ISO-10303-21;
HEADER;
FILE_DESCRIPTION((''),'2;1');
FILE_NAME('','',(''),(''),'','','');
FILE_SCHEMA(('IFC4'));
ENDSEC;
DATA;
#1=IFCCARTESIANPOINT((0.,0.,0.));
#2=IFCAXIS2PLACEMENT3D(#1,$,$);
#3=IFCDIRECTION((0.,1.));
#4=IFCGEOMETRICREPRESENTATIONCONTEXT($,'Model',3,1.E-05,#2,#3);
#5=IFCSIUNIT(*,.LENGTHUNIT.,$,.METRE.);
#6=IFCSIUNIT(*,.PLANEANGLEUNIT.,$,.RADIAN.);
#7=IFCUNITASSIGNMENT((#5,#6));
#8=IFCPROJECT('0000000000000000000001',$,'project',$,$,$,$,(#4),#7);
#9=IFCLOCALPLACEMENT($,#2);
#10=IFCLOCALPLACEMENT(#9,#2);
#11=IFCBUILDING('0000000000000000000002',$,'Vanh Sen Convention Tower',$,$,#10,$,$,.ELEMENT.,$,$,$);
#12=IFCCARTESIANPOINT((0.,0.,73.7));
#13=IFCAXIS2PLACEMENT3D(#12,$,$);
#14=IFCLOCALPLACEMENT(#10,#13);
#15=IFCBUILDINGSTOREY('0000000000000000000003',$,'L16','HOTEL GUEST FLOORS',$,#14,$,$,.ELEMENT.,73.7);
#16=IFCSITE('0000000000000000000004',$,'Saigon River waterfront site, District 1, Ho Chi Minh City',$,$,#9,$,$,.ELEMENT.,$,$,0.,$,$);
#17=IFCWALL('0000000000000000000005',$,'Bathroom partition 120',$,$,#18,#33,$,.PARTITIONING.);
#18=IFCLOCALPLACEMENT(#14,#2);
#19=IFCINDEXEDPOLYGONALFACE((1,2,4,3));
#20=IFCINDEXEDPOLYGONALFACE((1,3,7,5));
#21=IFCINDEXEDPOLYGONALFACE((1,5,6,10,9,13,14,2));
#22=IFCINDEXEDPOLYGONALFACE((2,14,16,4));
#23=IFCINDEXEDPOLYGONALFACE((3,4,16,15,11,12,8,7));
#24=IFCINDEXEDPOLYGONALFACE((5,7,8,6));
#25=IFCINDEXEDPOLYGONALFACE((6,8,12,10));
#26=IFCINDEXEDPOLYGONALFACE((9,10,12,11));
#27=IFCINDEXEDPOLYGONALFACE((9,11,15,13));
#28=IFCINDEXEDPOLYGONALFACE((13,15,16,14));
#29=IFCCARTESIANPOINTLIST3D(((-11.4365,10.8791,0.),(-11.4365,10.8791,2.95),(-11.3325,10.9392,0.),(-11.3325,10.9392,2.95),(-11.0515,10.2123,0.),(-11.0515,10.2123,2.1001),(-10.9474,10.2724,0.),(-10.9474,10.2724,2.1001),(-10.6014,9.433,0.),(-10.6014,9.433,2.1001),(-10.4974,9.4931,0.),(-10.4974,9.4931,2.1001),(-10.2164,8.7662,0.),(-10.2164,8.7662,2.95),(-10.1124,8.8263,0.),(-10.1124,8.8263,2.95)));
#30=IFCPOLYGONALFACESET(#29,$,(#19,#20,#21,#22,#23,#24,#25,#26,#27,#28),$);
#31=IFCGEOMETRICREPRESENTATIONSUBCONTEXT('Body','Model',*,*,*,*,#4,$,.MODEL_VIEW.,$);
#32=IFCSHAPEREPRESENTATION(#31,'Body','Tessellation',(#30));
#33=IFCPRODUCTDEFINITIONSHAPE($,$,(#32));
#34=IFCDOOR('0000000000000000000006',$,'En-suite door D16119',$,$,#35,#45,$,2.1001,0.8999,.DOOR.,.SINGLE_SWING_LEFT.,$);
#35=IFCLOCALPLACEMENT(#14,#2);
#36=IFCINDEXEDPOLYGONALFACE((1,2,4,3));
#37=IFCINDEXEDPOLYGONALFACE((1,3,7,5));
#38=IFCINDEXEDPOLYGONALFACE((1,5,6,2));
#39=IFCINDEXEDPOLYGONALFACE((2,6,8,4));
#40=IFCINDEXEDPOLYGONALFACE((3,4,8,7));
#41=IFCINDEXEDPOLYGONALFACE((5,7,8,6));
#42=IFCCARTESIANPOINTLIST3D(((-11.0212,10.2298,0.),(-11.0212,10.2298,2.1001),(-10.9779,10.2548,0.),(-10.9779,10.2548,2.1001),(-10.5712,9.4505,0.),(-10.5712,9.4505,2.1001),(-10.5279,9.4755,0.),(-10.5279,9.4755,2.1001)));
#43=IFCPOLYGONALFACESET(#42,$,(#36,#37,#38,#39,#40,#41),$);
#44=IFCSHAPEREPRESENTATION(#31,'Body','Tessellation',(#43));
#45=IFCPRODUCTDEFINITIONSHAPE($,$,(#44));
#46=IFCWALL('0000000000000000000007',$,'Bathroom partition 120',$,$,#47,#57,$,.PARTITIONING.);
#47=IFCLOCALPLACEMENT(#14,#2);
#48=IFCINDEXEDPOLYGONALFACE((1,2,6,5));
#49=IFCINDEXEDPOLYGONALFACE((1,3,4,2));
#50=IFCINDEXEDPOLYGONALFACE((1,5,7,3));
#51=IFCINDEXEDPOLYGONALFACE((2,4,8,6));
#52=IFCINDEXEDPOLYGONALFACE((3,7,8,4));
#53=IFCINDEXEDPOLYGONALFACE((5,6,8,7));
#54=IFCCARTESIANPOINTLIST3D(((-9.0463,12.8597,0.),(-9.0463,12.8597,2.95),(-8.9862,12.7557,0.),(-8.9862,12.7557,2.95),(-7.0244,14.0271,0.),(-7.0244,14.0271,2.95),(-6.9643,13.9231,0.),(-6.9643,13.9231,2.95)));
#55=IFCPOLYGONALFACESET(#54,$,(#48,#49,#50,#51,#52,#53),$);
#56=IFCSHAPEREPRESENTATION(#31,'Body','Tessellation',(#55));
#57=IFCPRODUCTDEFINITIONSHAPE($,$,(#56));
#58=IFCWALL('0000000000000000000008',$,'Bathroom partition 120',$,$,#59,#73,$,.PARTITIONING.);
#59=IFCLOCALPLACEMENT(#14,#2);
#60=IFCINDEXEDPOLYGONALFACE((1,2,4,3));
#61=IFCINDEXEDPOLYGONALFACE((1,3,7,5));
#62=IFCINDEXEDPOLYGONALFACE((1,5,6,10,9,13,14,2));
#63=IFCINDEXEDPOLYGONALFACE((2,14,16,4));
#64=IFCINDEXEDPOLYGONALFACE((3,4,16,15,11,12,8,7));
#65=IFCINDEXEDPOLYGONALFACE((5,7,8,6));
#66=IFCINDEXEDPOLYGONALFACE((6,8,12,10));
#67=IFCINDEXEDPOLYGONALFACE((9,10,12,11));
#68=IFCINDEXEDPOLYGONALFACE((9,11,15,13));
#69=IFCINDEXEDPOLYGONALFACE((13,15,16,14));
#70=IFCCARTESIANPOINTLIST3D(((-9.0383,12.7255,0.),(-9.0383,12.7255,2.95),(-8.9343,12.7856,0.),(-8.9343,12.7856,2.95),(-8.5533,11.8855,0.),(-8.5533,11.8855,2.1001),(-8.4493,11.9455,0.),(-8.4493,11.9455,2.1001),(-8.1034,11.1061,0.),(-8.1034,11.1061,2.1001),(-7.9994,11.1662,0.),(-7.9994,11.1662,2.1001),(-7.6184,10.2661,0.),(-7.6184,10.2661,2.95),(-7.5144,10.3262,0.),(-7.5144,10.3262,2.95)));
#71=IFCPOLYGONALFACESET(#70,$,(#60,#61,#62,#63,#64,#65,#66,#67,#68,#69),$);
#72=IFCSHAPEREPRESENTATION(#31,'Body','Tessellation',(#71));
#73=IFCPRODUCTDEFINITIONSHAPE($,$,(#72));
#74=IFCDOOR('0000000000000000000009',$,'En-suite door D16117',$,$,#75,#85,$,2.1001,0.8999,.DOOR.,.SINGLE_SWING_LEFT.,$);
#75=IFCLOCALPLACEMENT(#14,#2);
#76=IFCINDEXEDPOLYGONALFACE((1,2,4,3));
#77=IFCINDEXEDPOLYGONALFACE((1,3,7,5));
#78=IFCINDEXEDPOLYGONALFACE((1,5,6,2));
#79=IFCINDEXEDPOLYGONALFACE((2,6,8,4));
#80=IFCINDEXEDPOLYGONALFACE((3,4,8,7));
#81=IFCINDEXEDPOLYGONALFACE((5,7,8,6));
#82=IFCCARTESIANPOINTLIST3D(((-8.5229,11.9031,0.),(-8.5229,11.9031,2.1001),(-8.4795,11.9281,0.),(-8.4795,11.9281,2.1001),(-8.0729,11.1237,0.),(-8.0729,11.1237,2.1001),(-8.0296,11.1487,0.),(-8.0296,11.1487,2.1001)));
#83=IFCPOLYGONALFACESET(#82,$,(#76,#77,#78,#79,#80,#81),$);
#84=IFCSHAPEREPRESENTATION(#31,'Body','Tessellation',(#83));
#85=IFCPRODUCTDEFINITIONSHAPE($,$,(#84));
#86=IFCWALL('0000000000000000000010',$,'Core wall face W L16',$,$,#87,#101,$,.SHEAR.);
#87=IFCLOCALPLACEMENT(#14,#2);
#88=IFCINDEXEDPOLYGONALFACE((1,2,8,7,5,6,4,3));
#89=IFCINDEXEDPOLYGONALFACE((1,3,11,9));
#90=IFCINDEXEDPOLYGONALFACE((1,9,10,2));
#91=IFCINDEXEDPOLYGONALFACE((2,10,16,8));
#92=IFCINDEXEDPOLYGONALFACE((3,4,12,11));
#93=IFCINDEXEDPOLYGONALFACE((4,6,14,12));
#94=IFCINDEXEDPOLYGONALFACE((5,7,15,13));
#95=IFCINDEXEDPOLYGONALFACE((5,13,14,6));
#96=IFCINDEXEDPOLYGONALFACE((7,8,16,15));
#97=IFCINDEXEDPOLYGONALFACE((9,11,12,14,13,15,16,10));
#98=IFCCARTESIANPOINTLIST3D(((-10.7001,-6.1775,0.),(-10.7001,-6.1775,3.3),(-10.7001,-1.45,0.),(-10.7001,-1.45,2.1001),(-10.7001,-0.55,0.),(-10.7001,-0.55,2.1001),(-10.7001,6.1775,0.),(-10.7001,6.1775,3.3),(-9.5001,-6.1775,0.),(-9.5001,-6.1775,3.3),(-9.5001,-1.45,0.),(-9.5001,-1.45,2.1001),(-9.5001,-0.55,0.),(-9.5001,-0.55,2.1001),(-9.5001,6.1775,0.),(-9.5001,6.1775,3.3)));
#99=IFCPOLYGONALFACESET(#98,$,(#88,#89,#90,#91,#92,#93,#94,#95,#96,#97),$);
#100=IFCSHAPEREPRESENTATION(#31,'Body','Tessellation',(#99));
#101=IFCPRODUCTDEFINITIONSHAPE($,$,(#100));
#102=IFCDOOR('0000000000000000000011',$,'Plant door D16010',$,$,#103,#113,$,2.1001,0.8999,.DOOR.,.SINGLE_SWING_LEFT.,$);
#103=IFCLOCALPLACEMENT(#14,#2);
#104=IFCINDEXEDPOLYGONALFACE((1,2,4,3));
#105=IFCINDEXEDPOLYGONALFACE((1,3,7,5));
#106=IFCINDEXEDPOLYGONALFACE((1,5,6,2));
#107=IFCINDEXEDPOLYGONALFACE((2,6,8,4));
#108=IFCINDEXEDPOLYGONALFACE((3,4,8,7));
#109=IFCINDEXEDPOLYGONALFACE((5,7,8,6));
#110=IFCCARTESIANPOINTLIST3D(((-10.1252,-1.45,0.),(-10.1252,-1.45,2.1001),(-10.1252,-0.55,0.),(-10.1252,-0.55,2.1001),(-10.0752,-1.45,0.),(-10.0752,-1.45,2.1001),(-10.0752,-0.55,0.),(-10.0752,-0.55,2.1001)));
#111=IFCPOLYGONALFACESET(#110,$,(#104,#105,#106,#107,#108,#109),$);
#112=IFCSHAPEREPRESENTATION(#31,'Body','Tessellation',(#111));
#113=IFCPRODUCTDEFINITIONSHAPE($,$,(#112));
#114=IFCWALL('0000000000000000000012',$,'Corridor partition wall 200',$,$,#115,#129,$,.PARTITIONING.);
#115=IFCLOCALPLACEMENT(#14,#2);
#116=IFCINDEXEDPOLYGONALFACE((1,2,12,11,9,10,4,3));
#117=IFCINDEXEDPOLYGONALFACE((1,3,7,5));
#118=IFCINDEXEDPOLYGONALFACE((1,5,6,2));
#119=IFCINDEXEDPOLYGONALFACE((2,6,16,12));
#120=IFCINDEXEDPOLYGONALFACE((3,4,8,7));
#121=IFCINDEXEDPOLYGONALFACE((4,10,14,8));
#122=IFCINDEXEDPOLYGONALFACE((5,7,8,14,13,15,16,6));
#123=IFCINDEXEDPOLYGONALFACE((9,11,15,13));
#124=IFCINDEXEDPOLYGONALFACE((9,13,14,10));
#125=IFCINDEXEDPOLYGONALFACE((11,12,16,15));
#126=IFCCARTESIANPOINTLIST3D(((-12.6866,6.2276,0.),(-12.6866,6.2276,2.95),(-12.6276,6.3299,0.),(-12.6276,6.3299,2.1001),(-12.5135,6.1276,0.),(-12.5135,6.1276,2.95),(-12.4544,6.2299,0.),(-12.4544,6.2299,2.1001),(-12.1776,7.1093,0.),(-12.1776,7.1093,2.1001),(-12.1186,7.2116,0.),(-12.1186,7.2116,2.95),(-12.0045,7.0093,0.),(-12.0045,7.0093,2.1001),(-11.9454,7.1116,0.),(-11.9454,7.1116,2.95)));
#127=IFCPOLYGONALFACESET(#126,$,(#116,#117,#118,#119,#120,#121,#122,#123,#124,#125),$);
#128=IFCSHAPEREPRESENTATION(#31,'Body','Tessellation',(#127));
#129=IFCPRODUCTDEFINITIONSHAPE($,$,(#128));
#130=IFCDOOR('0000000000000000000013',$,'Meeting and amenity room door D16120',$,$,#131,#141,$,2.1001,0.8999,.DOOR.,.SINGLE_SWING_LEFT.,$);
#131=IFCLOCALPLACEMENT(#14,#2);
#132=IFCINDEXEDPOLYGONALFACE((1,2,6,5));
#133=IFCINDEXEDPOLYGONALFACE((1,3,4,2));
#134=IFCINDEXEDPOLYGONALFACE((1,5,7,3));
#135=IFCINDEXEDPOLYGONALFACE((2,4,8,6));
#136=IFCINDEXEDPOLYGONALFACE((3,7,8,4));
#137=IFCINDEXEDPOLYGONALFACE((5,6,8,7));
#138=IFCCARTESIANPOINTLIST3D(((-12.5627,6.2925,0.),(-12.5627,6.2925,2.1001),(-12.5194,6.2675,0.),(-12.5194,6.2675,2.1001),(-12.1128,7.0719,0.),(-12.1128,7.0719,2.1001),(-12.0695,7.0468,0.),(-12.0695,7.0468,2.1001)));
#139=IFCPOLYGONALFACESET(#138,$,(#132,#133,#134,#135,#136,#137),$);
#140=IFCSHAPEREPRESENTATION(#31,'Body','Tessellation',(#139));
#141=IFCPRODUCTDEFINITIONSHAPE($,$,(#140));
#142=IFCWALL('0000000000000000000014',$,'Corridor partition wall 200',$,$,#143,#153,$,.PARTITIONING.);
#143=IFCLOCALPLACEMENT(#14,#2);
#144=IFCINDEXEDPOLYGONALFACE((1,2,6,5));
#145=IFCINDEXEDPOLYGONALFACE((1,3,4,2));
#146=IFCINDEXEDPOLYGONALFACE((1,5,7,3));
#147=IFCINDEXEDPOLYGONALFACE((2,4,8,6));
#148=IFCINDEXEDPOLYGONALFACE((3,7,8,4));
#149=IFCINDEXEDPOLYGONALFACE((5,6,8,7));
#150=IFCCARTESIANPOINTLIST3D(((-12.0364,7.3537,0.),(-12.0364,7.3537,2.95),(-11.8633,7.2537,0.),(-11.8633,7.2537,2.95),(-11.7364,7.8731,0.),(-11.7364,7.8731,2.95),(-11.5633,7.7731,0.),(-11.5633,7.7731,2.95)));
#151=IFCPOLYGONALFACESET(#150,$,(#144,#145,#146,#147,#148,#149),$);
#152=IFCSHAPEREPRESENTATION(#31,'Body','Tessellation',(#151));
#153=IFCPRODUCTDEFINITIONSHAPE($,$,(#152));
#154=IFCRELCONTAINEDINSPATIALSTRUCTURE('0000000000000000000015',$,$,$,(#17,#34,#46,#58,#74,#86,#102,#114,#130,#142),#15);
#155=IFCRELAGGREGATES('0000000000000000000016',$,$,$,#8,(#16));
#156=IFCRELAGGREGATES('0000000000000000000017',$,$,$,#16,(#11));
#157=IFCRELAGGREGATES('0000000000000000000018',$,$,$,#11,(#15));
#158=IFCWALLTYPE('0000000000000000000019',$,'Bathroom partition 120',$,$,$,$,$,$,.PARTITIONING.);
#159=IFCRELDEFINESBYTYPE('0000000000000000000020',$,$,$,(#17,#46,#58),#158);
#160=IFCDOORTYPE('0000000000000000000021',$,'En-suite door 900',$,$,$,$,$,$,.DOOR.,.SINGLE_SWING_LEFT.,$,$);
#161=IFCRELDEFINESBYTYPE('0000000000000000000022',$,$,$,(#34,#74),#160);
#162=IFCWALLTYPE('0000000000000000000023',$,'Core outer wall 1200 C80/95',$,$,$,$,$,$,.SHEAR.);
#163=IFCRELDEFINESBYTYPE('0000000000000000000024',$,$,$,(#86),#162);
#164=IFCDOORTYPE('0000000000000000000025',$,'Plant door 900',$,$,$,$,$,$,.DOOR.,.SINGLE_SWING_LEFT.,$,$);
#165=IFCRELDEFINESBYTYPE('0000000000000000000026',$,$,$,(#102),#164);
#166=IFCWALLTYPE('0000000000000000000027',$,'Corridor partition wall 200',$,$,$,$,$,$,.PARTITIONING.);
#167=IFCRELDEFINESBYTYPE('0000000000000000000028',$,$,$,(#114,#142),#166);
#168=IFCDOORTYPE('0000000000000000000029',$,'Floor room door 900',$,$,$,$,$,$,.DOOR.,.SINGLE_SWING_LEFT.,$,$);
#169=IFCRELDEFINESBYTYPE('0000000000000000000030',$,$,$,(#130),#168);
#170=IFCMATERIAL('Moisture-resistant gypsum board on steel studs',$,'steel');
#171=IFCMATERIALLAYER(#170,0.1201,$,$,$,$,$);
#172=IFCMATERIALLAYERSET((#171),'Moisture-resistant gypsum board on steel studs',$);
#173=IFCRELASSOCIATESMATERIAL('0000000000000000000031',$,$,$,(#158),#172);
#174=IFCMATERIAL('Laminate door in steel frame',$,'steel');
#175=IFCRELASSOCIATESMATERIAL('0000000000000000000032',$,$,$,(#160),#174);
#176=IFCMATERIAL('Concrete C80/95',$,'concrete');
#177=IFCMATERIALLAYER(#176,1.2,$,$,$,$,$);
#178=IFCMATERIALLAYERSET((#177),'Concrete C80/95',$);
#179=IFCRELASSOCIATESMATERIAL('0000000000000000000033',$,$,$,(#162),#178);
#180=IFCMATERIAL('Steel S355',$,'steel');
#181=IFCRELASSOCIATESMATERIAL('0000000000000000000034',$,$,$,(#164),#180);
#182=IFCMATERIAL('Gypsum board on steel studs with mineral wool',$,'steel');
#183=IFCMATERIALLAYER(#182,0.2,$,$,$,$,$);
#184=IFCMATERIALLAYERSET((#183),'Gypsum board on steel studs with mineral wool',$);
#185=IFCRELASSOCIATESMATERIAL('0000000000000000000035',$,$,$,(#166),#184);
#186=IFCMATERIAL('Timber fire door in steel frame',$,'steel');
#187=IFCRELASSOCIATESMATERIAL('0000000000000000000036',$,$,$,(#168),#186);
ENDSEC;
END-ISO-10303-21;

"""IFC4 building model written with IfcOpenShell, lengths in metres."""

from ifc_helpers import new_model, si_unit, direction, frame, frame_2d, origin, place, context, subcontext, project, spatial, rectangle, extrude, material, layer, layer_set, type_object, element, fill, save


model = new_model("IFC4")

# Units and contexts
model_context = context("Model", 3, precision=1e-05, world=origin(), true_north=direction((0.0, 1.0)))
body_context = subcontext(model_context, "Body", "Model", "MODEL_VIEW")
ifc_project = project(units=[si_unit("LENGTHUNIT", "METRE"), si_unit("PLANEANGLEUNIT", "RADIAN")], contexts=[model_context])

# Site, building, storey
site_placement = place(None, origin())
site = spatial("IfcSite", under=ifc_project, at=site_placement, Name="Saigon River waterfront site, District 1, Ho Chi Minh City", CompositionType="ELEMENT", RefElevation=0.0)
building_placement = place(site_placement, origin())
building = spatial("IfcBuilding", under=site, at=building_placement, Name="Vanh Sen Convention Tower", CompositionType="ELEMENT")
storey_placement = place(building_placement, frame((0.0, 0.0, 73.7)))
storey = spatial("IfcBuildingStorey", under=building, at=storey_placement, Name="L16", Description="HOTEL GUEST FLOORS", CompositionType="ELEMENT", Elevation=73.7)

# Wall, opening, door
ifc_material_1 = material(Name="Moisture-resistant gypsum board on steel studs", Category="steel")
ifc_layer_1 = layer(ifc_material_1, 0.1201)
ifc_layer_set_1 = layer_set([ifc_layer_1], Name="Moisture-resistant gypsum board on steel studs")
wall_type_1 = type_object("IfcWallType", Name="Bathroom partition 120", PredefinedType="PARTITIONING", material=ifc_layer_set_1)
wall_1_placement = place(storey_placement, frame((-11.3845, 10.9092, 0.0), z_axis=(0.0, 0.0, 1.0), x_axis=(0.500078, -0.865981, 0.0)))
wall_1 = element("IfcWall", 1, at=wall_1_placement, inside=storey, type_object=wall_type_1, Name="Bathroom partition 120", PredefinedType="PARTITIONING", context=body_context, shape_type="SweptSolid", body=[
    extrude(rectangle(XDim=2.4399, YDim=0.1201, at=frame_2d((1.22, 0.0))), origin(), (0.0, 0.0, 1.0), 2.95),
])
opening_1_placement = place(wall_1_placement, frame((0.77, 0.0, 0.0)))
opening_1 = element("IfcOpeningElement", 2, at=opening_1_placement, cuts=wall_1, PredefinedType="OPENING", context=body_context, shape_type="SweptSolid", body=[
    extrude(rectangle(XDim=0.8999, YDim=2.1001, at=frame_2d((0.45, 1.05))), frame((0.0, 0.0701, 0.0), z_axis=(0.0, -1.0, 0.0), x_axis=(1.0, 0.0, 0.0)), (0.0, 0.0, 1.0), 0.1401),
])
ifc_material_2 = material(Name="Laminate door in steel frame", Category="steel")
door_type_1 = type_object("IfcDoorType", Name="En-suite door 900", OperationType="SINGLE_SWING_LEFT", PredefinedType="DOOR", material=ifc_material_2)
door_1_placement = place(opening_1_placement, origin())
door_1 = element("IfcDoor", 3, at=door_1_placement, inside=storey, type_object=door_type_1, Name="En-suite door D16119", OperationType="SINGLE_SWING_LEFT", OverallHeight=2.1001, OverallWidth=0.8999, PredefinedType="DOOR", context=body_context, shape_type="SweptSolid", body=[
    extrude(rectangle(XDim=0.8999, YDim=2.1001, at=frame_2d((0.45, 1.05))), frame((0.0, 0.0249, 0.0), z_axis=(0.0, -1.0, 0.0), x_axis=(1.0, 0.0, 0.0)), (0.0, 0.0, 1.0), 0.05),
])
fill(opening_1, door_1)

# Wall
wall_2_placement = place(storey_placement, frame((-9.0164, 12.8076, 0.0), z_axis=(0.0, 0.0, 1.0), x_axis=(0.866008, 0.50003, 0.0)))
element("IfcWall", 4, at=wall_2_placement, inside=storey, type_object=wall_type_1, Name="Bathroom partition 120", PredefinedType="PARTITIONING", context=body_context, shape_type="SweptSolid", body=[
    extrude(rectangle(XDim=2.3347, YDim=0.1201, at=frame_2d((1.1675, 0.0))), origin(), (0.0, 0.0, 1.0), 2.95),
])

# Walls, openings, doors
wall_3_placement = place(storey_placement, frame((-7.5664, 10.2961, 0.0), z_axis=(0.0, 0.0, 1.0), x_axis=(-0.499985, 0.866034, 0.0)))
wall_3 = element("IfcWall", 5, at=wall_3_placement, inside=storey, type_object=wall_type_1, Name="Bathroom partition 120", PredefinedType="PARTITIONING", context=body_context, shape_type="SweptSolid", body=[
    extrude(rectangle(XDim=2.8398, YDim=0.1201, at=frame_2d((1.4199, 0.0))), origin(), (0.0, 0.0, 1.0), 2.95),
])
opening_2_placement = place(wall_3_placement, frame((0.97, 0.0, 0.0)))
opening_2 = element("IfcOpeningElement", 6, at=opening_2_placement, cuts=wall_3, PredefinedType="OPENING", context=body_context, shape_type="SweptSolid", body=[
    extrude(rectangle(XDim=0.8999, YDim=2.1001, at=frame_2d((0.45, 1.05))), frame((0.0, 0.0701, 0.0), z_axis=(0.0, -1.0, 0.0), x_axis=(1.0, 0.0, 0.0)), (0.0, 0.0, 1.0), 0.1401),
])
door_2_placement = place(opening_2_placement, origin())
door_2 = element("IfcDoor", 7, at=door_2_placement, inside=storey, type_object=door_type_1, Name="En-suite door D16117", OperationType="SINGLE_SWING_LEFT", OverallHeight=2.1001, OverallWidth=0.8999, PredefinedType="DOOR", context=body_context, shape_type="SweptSolid", body=[
    extrude(rectangle(XDim=0.8999, YDim=2.1001, at=frame_2d((0.45, 1.05))), frame((0.0, 0.0249, 0.0), z_axis=(0.0, -1.0, 0.0), x_axis=(1.0, 0.0, 0.0)), (0.0, 0.0, 1.0), 0.05),
])
fill(opening_2, door_2)
ifc_material_3 = material(Name="Concrete C80/95", Category="concrete")
ifc_layer_2 = layer(ifc_material_3, 1.2)
ifc_layer_set_2 = layer_set([ifc_layer_2], Name="Concrete C80/95")
wall_type_2 = type_object("IfcWallType", Name="Core outer wall 1200 C80/95", PredefinedType="SHEAR", material=ifc_layer_set_2)
wall_4_placement = place(storey_placement, frame((-10.1001, 6.1775, 0.0), z_axis=(0.0, 0.0, 1.0), x_axis=(0.0, -1.0, 0.0)))
wall_4 = element("IfcWall", 8, at=wall_4_placement, inside=storey, type_object=wall_type_2, Name="Core wall face W L16", PredefinedType="SHEAR", context=body_context, shape_type="SweptSolid", body=[
    extrude(rectangle(XDim=12.355, YDim=1.2, at=frame_2d((6.1775, 0.0))), origin(), (0.0, 0.0, 1.0), 3.3),
])
opening_3_placement = place(wall_4_placement, frame((6.7275, 0.0, 0.0)))
opening_3 = element("IfcOpeningElement", 9, at=opening_3_placement, cuts=wall_4, PredefinedType="OPENING", context=body_context, shape_type="SweptSolid", body=[
    extrude(rectangle(XDim=0.8999, YDim=2.1001, at=frame_2d((0.45, 1.05))), frame((0.0, 0.6099, 0.0), z_axis=(0.0, -1.0, 0.0), x_axis=(1.0, 0.0, 0.0)), (0.0, 0.0, 1.0), 1.22),
])
ifc_material_4 = material(Name="Steel S355", Category="steel")
door_type_2 = type_object("IfcDoorType", Name="Plant door 900", OperationType="SINGLE_SWING_LEFT", PredefinedType="DOOR", material=ifc_material_4)
door_3_placement = place(opening_3_placement, origin())
door_3 = element("IfcDoor", 10, at=door_3_placement, inside=storey, type_object=door_type_2, Name="Plant door D16010", OperationType="SINGLE_SWING_LEFT", OverallHeight=2.1001, OverallWidth=0.8999, PredefinedType="DOOR", context=body_context, shape_type="SweptSolid", body=[
    extrude(rectangle(XDim=0.8999, YDim=2.1001, at=frame_2d((0.45, 1.05))), frame((0.0, 0.0249, 0.0), z_axis=(0.0, -1.0, 0.0), x_axis=(1.0, 0.0, 0.0)), (0.0, 0.0, 1.0), 0.05),
])
fill(opening_3, door_3)
ifc_material_5 = material(Name="Gypsum board on steel studs with mineral wool", Category="steel")
ifc_layer_3 = layer(ifc_material_5, 0.2)
ifc_layer_set_3 = layer_set([ifc_layer_3], Name="Gypsum board on steel studs with mineral wool")
wall_type_3 = type_object("IfcWallType", Name="Corridor partition wall 200", PredefinedType="PARTITIONING", material=ifc_layer_set_3)
wall_5_placement = place(storey_placement, frame((-12.032, 7.1616, 0.0), z_axis=(0.0, 0.0, 1.0), x_axis=(-0.499952, -0.866053, 0.0)))
wall_5 = element("IfcWall", 11, at=wall_5_placement, inside=storey, type_object=wall_type_3, Name="Corridor partition wall 200", PredefinedType="PARTITIONING", context=body_context, shape_type="SweptSolid", body=[
    extrude(rectangle(XDim=1.1362, YDim=0.2, at=frame_2d((0.5681, 0.0))), origin(), (0.0, 0.0, 1.0), 2.95),
])
opening_4_placement = place(wall_5_placement, frame((0.1182, 0.0, 0.0)))
opening_4 = element("IfcOpeningElement", 12, at=opening_4_placement, cuts=wall_5, PredefinedType="OPENING", context=body_context, shape_type="SweptSolid", body=[
    extrude(rectangle(XDim=0.8999, YDim=2.1001, at=frame_2d((0.45, 1.05))), frame((0.0, 0.1099, 0.0), z_axis=(0.0, -1.0, 0.0), x_axis=(1.0, 0.0, 0.0)), (0.0, 0.0, 1.0), 0.22),
])
ifc_material_6 = material(Name="Timber fire door in steel frame", Category="steel")
door_type_3 = type_object("IfcDoorType", Name="Floor room door 900", OperationType="SINGLE_SWING_LEFT", PredefinedType="DOOR", material=ifc_material_6)
door_4_placement = place(opening_4_placement, origin())
door_4 = element("IfcDoor", 13, at=door_4_placement, inside=storey, type_object=door_type_3, Name="Meeting and amenity room door D16120", OperationType="SINGLE_SWING_LEFT", OverallHeight=2.1001, OverallWidth=0.8999, PredefinedType="DOOR", context=body_context, shape_type="SweptSolid", body=[
    extrude(rectangle(XDim=0.8999, YDim=2.1001, at=frame_2d((0.45, 1.05))), frame((0.0, 0.0249, 0.0), z_axis=(0.0, -1.0, 0.0), x_axis=(1.0, 0.0, 0.0)), (0.0, 0.0, 1.0), 0.05),
])
fill(opening_4, door_4)

# Wall
wall_6_placement = place(storey_placement, frame((-11.6499, 7.823, 0.0), z_axis=(0.0, 0.0, 1.0), x_axis=(-0.500122, -0.865955, 0.0)))
element("IfcWall", 14, at=wall_6_placement, inside=storey, type_object=wall_type_3, Name="Corridor partition wall 200", PredefinedType="PARTITIONING", context=body_context, shape_type="SweptSolid", body=[
    extrude(rectangle(XDim=0.5999, YDim=0.2, at=frame_2d((0.2998, 0.0))), origin(), (0.0, 0.0, 1.0), 2.95),
])

save(model, "model.ifc")
